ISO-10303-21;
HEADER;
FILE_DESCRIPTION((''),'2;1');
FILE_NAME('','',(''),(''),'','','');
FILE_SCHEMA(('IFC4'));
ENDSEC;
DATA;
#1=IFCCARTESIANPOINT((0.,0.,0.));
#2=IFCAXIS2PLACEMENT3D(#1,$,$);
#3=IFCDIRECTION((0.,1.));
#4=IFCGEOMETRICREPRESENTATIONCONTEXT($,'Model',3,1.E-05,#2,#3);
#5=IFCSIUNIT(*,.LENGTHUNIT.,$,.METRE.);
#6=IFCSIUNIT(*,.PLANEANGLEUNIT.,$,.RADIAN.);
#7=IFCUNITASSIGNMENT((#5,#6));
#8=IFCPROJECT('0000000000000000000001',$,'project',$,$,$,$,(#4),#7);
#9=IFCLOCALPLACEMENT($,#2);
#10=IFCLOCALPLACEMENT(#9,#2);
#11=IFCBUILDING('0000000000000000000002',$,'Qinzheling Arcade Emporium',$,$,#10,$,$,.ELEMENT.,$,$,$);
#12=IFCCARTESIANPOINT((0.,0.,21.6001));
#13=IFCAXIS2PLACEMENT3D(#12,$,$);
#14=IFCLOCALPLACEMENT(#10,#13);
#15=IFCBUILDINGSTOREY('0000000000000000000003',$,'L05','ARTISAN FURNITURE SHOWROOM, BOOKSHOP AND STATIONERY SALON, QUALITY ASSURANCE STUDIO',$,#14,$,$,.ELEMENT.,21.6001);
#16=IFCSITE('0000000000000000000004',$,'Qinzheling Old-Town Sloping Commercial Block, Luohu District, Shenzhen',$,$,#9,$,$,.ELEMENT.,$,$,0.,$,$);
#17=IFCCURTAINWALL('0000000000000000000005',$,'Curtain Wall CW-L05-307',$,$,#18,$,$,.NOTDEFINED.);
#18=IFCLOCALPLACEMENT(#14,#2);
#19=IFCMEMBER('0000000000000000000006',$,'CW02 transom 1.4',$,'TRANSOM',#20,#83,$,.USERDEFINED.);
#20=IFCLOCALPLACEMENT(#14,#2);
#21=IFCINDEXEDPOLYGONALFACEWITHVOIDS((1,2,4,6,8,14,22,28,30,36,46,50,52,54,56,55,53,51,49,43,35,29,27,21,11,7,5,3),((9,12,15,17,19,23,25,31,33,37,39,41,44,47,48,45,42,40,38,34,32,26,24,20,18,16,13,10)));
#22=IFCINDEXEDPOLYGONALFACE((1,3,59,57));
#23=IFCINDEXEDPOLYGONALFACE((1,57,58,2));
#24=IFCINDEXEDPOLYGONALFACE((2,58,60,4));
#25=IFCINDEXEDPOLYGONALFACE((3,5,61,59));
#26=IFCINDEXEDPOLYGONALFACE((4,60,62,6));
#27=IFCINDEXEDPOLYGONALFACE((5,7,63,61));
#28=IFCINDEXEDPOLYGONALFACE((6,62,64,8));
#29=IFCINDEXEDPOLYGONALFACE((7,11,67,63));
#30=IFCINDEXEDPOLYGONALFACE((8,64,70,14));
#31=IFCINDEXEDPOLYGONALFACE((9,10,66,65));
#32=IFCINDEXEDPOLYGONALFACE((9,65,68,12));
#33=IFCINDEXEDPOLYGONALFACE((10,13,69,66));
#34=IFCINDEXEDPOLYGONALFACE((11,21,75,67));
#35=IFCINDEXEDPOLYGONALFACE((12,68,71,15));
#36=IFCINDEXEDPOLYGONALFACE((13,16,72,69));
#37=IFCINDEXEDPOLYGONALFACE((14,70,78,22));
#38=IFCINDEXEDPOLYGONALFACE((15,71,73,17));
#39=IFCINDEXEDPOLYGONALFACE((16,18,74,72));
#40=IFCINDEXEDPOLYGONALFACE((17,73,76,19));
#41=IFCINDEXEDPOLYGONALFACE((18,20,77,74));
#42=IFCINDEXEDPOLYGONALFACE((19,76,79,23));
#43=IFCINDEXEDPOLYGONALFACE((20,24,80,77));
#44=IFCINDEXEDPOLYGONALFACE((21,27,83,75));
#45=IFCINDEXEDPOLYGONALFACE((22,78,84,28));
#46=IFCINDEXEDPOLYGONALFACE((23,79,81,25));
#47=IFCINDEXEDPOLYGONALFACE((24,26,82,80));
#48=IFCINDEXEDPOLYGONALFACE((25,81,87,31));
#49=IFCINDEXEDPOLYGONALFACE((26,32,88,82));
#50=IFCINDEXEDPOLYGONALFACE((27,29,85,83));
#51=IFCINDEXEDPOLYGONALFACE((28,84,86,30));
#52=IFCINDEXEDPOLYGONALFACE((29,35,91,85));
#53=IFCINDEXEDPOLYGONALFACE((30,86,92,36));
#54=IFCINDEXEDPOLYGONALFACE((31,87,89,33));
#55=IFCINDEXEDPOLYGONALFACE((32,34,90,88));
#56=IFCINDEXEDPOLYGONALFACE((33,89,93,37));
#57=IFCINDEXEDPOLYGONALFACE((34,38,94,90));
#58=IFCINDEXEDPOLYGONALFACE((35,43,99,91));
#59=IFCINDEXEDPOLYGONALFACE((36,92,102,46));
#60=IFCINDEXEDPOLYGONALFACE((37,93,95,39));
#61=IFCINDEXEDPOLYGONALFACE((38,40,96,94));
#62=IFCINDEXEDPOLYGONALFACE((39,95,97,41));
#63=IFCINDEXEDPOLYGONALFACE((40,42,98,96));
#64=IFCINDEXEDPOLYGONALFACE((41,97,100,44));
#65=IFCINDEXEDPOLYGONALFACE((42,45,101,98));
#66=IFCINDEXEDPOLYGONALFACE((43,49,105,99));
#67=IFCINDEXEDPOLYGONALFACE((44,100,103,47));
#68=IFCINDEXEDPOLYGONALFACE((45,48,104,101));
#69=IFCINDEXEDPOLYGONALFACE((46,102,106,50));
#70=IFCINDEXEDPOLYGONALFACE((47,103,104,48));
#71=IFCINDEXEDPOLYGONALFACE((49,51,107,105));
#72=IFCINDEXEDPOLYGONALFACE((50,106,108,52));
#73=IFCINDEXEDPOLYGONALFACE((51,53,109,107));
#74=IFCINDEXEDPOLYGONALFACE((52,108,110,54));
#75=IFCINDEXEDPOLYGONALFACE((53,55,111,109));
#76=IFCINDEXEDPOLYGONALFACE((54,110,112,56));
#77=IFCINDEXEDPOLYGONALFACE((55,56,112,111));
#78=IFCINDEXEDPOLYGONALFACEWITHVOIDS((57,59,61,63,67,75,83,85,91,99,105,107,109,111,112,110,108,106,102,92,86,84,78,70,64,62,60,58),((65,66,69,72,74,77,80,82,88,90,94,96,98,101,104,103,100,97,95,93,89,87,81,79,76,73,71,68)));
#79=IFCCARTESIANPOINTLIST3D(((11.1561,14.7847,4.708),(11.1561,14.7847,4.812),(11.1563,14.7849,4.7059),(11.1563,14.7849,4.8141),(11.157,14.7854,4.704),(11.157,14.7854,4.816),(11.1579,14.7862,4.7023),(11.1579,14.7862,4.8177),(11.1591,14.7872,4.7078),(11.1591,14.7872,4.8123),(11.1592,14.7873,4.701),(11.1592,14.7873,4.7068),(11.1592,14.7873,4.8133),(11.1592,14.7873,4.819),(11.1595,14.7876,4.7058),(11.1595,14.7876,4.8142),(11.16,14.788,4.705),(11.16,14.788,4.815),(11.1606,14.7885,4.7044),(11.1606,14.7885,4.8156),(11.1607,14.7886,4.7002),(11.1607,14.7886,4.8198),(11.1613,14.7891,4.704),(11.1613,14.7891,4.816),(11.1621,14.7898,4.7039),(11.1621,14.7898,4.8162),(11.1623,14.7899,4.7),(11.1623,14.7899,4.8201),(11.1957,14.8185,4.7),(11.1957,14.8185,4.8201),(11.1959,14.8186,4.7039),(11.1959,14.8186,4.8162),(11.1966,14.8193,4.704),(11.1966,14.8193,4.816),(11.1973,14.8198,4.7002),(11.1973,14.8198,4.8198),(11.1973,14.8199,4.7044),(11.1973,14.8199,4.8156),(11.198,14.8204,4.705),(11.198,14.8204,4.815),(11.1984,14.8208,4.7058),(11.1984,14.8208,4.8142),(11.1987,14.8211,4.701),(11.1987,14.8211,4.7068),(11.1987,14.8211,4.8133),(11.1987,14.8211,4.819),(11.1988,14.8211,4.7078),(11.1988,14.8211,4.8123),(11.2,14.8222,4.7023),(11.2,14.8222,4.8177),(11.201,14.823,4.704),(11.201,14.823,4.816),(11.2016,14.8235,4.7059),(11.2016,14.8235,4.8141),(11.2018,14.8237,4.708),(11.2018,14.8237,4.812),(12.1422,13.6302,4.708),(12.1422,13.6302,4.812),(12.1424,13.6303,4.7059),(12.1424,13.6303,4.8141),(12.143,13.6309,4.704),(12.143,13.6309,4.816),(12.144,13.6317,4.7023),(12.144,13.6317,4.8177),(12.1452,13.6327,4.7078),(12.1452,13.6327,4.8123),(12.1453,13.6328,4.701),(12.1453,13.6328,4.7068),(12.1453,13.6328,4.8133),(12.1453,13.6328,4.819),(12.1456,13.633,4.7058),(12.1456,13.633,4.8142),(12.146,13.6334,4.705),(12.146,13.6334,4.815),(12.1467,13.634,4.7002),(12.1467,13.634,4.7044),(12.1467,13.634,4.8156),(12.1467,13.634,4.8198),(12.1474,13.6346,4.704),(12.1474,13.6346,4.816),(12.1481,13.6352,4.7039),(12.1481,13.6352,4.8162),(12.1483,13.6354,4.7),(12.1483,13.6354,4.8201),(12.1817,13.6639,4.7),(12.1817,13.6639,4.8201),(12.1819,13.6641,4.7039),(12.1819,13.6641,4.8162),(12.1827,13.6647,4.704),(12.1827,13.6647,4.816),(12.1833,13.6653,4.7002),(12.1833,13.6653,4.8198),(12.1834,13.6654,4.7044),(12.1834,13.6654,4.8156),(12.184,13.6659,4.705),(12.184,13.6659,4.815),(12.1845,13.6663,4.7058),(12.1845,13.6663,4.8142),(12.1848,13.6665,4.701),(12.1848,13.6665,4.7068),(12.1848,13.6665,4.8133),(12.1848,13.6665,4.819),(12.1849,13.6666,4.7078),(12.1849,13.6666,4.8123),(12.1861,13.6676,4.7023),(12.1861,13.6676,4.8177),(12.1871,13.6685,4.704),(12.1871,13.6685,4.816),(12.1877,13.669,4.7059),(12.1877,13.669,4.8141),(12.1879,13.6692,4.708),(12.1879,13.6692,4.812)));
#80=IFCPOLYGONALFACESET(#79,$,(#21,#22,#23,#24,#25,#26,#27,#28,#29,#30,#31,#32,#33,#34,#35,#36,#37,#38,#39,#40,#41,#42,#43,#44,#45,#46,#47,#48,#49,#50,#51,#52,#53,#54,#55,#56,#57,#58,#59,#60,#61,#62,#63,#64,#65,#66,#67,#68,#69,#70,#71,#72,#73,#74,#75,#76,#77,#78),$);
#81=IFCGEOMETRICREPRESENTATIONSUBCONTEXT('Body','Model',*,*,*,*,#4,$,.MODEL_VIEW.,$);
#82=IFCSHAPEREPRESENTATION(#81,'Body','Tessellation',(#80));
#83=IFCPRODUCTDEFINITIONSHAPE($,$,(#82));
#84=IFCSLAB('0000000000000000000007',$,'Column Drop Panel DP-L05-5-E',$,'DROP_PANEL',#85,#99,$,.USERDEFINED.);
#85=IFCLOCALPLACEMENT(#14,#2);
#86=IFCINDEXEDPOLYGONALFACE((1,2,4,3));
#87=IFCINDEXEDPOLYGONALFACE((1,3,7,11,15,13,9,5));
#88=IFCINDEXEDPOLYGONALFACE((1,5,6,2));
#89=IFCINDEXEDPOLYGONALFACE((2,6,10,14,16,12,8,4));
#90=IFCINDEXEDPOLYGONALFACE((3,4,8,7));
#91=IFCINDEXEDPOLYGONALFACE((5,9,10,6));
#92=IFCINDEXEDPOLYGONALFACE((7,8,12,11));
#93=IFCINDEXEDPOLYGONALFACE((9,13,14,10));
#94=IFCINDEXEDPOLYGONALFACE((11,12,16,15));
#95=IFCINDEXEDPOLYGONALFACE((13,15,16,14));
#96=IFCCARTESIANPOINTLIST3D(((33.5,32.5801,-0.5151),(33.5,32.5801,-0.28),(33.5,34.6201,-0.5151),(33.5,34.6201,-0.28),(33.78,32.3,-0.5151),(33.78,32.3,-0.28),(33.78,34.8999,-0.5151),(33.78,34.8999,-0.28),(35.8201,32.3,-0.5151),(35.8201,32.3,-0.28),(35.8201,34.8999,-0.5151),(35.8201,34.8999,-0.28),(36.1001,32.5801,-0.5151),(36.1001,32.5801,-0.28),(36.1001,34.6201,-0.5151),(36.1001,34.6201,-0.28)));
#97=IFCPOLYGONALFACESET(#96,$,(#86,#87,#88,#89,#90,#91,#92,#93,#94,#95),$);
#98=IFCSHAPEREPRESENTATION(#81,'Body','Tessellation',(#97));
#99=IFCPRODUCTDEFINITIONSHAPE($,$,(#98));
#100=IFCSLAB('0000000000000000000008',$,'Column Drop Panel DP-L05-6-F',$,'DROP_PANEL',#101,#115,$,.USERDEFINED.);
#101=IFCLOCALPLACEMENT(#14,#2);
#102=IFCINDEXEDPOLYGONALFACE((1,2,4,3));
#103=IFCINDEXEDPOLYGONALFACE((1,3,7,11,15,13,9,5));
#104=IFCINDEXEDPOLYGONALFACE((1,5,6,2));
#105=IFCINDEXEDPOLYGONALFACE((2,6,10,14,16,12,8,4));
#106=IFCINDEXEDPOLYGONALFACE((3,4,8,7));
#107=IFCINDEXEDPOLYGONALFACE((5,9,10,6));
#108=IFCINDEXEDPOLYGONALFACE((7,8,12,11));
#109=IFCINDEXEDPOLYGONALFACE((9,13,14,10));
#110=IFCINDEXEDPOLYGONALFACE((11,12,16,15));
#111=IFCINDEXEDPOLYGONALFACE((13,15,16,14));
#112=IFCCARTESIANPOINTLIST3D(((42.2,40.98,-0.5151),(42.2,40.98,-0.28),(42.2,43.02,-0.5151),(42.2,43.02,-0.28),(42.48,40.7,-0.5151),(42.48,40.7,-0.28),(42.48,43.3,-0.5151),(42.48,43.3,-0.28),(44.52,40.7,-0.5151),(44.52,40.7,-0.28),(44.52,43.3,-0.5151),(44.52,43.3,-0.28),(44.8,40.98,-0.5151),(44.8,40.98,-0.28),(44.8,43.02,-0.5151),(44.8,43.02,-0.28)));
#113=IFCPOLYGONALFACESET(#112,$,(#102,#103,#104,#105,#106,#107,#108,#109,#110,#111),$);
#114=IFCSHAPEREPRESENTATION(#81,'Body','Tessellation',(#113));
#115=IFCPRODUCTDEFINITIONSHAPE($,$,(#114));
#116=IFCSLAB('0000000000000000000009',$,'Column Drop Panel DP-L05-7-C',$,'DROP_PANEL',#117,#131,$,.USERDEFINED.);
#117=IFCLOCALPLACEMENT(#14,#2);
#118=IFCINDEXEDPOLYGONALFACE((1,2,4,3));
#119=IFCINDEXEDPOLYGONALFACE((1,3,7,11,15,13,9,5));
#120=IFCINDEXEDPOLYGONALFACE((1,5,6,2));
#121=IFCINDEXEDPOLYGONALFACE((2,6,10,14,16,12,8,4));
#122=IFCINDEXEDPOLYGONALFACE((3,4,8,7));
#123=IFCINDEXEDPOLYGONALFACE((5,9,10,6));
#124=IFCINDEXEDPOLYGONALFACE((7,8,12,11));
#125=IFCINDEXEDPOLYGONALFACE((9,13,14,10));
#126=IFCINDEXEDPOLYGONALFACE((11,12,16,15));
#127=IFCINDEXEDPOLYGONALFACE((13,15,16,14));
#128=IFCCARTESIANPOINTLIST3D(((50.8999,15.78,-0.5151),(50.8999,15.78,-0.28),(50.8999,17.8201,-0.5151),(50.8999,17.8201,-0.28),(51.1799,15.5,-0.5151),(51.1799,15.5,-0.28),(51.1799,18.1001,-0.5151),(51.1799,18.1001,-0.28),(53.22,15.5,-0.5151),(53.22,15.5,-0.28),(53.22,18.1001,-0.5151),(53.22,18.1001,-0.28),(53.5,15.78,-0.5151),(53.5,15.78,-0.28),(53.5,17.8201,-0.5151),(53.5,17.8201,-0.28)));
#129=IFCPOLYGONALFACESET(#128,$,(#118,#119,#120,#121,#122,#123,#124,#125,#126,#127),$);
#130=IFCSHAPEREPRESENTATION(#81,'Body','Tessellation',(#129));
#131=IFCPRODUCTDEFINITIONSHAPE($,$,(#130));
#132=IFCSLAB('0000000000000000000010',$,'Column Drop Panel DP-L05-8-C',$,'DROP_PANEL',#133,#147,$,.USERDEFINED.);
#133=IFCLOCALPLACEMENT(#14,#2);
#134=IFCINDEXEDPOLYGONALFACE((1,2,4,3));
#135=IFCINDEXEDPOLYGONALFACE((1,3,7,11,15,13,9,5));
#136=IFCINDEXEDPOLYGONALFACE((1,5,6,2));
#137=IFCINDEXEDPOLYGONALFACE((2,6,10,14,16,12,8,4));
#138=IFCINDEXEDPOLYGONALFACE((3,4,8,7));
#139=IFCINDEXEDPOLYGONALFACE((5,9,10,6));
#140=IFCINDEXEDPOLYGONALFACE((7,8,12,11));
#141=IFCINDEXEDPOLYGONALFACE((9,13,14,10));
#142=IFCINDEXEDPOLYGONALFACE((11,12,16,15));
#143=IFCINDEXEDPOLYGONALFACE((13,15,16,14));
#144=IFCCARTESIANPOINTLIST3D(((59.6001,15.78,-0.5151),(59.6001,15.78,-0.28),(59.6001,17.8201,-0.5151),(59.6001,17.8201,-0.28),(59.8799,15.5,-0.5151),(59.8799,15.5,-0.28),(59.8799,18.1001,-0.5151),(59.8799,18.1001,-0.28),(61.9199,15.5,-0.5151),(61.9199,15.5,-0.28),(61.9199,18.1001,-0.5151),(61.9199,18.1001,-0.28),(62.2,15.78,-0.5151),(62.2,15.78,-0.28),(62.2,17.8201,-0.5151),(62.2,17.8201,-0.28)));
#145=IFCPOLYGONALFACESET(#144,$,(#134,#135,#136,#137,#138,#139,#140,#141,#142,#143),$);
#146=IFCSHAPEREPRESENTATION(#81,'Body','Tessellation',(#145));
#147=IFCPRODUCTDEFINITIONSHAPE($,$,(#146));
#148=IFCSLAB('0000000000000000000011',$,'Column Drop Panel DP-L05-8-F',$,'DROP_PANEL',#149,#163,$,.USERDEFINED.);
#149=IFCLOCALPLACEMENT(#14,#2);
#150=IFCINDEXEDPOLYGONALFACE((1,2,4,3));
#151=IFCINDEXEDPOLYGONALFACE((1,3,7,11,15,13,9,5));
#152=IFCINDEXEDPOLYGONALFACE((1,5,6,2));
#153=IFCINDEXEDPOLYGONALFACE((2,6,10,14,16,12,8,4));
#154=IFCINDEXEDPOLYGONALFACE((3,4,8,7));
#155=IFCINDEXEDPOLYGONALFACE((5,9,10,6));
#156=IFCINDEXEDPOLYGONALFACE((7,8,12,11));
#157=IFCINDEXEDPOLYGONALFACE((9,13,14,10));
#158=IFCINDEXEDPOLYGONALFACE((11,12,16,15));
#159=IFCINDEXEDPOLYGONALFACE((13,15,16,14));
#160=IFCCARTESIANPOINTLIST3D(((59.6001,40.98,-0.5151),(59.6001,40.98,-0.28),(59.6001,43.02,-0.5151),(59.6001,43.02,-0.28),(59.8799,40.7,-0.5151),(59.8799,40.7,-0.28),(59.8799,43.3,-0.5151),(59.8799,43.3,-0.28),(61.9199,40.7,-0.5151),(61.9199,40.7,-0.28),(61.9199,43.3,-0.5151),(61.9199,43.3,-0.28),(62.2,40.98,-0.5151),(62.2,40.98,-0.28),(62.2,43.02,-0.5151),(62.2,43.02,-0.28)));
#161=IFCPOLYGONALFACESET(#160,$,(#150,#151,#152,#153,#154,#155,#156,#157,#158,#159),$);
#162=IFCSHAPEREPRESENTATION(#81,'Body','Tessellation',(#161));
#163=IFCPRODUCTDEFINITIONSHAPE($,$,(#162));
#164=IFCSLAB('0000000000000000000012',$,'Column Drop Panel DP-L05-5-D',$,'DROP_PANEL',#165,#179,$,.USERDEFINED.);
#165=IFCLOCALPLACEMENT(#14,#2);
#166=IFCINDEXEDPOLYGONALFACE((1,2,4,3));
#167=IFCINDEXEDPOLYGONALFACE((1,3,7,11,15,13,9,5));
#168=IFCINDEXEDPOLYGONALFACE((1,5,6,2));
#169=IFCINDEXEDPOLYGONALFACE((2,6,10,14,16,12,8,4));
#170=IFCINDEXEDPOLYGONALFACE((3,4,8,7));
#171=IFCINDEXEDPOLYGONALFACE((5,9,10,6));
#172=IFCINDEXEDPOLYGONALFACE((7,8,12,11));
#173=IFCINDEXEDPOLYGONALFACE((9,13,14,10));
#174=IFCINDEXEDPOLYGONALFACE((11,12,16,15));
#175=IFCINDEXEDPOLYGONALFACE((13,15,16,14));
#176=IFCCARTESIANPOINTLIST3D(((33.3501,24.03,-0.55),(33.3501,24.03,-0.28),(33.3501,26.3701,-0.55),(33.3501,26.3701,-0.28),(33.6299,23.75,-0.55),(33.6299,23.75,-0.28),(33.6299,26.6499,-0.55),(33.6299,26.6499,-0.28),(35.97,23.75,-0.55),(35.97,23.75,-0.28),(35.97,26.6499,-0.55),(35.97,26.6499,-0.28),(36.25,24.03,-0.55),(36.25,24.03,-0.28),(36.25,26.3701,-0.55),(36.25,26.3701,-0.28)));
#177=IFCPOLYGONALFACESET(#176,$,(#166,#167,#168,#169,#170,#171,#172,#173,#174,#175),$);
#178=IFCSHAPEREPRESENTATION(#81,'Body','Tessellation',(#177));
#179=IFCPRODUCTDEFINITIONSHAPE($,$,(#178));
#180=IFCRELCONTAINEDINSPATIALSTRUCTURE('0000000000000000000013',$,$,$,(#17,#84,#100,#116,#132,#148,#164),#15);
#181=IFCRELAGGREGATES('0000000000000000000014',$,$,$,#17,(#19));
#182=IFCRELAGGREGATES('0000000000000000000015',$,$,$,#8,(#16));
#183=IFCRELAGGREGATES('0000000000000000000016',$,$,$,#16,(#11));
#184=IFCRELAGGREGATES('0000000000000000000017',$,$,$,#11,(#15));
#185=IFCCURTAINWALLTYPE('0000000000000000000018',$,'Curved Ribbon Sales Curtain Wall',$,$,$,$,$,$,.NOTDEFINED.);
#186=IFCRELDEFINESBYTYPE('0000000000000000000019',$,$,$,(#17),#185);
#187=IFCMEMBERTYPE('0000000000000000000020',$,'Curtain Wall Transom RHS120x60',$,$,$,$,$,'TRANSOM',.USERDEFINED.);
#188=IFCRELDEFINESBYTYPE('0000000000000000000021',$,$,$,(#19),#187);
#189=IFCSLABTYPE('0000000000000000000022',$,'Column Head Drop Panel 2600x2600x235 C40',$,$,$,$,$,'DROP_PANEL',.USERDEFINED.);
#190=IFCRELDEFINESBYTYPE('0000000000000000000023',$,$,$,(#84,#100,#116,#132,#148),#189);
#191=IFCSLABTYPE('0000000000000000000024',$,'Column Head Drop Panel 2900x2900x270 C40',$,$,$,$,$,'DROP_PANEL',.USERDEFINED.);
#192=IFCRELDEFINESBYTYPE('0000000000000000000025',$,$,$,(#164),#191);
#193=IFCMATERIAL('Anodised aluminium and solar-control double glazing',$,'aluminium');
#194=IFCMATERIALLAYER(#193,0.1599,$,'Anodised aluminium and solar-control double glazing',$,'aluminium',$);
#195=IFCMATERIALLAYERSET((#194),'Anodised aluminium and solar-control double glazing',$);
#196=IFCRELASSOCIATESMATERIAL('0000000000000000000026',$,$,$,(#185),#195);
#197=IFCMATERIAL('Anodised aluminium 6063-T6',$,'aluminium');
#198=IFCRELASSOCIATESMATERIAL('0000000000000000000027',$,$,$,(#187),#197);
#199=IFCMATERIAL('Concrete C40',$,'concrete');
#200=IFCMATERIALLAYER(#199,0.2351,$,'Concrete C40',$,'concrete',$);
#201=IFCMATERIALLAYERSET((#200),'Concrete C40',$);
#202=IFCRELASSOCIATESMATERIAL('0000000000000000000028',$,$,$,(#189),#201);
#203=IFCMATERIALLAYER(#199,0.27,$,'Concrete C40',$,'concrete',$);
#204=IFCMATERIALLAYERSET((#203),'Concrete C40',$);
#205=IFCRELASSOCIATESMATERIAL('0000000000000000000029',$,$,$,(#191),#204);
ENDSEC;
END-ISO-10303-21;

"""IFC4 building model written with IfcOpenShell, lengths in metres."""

from ifc_helpers import new_model, si_unit, direction, frame, origin, origin_2d, place, context, subcontext, project, spatial, polyline, hollow_rectangle, outline, extrude, material, layer, layer_set, material_profile, profile_set, type_object, element, aggregate, save


model = new_model("IFC4")

# Units and contexts
model_context = context("Model", 3, precision=1e-05, world=origin(), true_north=direction((0.0, 1.0)))
body_context = subcontext(model_context, "Body", "Model", "MODEL_VIEW")
ifc_project = project(units=[si_unit("LENGTHUNIT", "METRE"), si_unit("PLANEANGLEUNIT", "RADIAN")], contexts=[model_context])

# Site, building, storey
site_placement = place(None, origin())
site = spatial("IfcSite", under=ifc_project, at=site_placement, Name="Qinzheling Old-Town Sloping Commercial Block, Luohu District, Shenzhen", CompositionType="ELEMENT", RefElevation=0.0)
building_placement = place(site_placement, origin())
building = spatial("IfcBuilding", under=site, at=building_placement, Name="Qinzheling Arcade Emporium", CompositionType="ELEMENT")
storey_placement = place(building_placement, frame((0.0, 0.0, 21.6001)))
storey = spatial("IfcBuildingStorey", under=building, at=storey_placement, Name="L05", Description="ARTISAN FURNITURE SHOWROOM, BOOKSHOP AND STATIONERY SALON, QUALITY ASSURANCE STUDIO", CompositionType="ELEMENT", Elevation=21.6001)

# Curtain wall
ifc_material_1 = material(Name="Anodised aluminium and solar-control double glazing", Category="aluminium")
ifc_layer_1 = layer(ifc_material_1, 0.1599, Name="Anodised aluminium and solar-control double glazing", Category="aluminium")
ifc_layer_set_1 = layer_set([ifc_layer_1], Name="Anodised aluminium and solar-control double glazing")
curtain_wall_type = type_object("IfcCurtainWallType", Name="Curved Ribbon Sales Curtain Wall", PredefinedType="NOTDEFINED", material=ifc_layer_set_1)
ifc_material_2 = material(Name="Anodised aluminium 6063-T6", Category="aluminium")
curtain_wall_1_placement = place(storey_placement, origin())
curtain_wall_1 = element("IfcCurtainWall", 1, at=curtain_wall_1_placement, inside=storey, type_object=curtain_wall_type, Name="Curtain Wall CW-L05-307", PredefinedType="NOTDEFINED")

# Member
ifc_material_profile_1 = material_profile(ifc_material_2, hollow_rectangle(XDim=0.0601, YDim=0.1201, WallThickness=0.0039, InnerFilletRadius=0.0039, OuterFilletRadius=0.0081, at=origin_2d()), Name="RHS 120x60x4", Category="aluminium")
ifc_profile_set_1 = profile_set([ifc_material_profile_1], Name="Anodised aluminium 6063-T6")
member_type_1 = type_object("IfcMemberType", Name="Curtain Wall Transom RHS120x60", ElementType="TRANSOM", PredefinedType="USERDEFINED", material=ifc_profile_set_1)
member_1_placement = place(storey_placement, frame((12.165, 13.6497, 4.76), z_axis=(-0.649453, 0.760402, 0.0), x_axis=(-0.760402, -0.649453, 0.0)))
member_1 = element("IfcMember", 2, at=member_1_placement, type_object=member_type_1, Name="CW02 transom 1.4", ObjectType="TRANSOM", PredefinedType="USERDEFINED", context=body_context, shape_type="SweptSolid", body=[
    extrude(hollow_rectangle(XDim=0.0601, YDim=0.1201, WallThickness=0.0039, InnerFilletRadius=0.0039, OuterFilletRadius=0.0081, at=origin_2d()), origin(), (0.0, 0.0, 1.0), 1.5183),
])

# Slabs
ifc_material_3 = material(Name="Concrete C40", Category="concrete")
ifc_layer_2 = layer(ifc_material_3, 0.2351, Name="Concrete C40", Category="concrete")
ifc_layer_set_2 = layer_set([ifc_layer_2], Name="Concrete C40")
slab_type_1 = type_object("IfcSlabType", Name="Column Head Drop Panel 2600x2600x235 C40", ElementType="DROP_PANEL", PredefinedType="USERDEFINED", material=ifc_layer_set_2)
slab_1_placement = place(storey_placement, frame((0.0, 0.0, -0.5151)))
element("IfcSlab", 3, at=slab_1_placement, inside=storey, type_object=slab_type_1, Name="Column Drop Panel DP-L05-5-E", ObjectType="DROP_PANEL", PredefinedType="USERDEFINED", context=body_context, shape_type="SweptSolid", body=[
    extrude(outline(polyline([(33.78, 32.3), (35.8201, 32.3), (36.1001, 32.5801), (36.1001, 34.6201), (35.8201, 34.8999), (33.78, 34.8999), (33.5, 34.6201), (33.5, 32.5801), (33.78, 32.3)])), origin(), (0.0, 0.0, 1.0), 0.2351),
])
slab_2_placement = place(storey_placement, frame((0.0, 0.0, -0.5151)))
element("IfcSlab", 4, at=slab_2_placement, inside=storey, type_object=slab_type_1, Name="Column Drop Panel DP-L05-6-F", ObjectType="DROP_PANEL", PredefinedType="USERDEFINED", context=body_context, shape_type="SweptSolid", body=[
    extrude(outline(polyline([(42.48, 40.7), (44.52, 40.7), (44.8, 40.98), (44.8, 43.02), (44.52, 43.3), (42.48, 43.3), (42.2, 43.02), (42.2, 40.98), (42.48, 40.7)])), origin(), (0.0, 0.0, 1.0), 0.2351),
])
slab_3_placement = place(storey_placement, frame((0.0, 0.0, -0.5151)))
element("IfcSlab", 5, at=slab_3_placement, inside=storey, type_object=slab_type_1, Name="Column Drop Panel DP-L05-7-C", ObjectType="DROP_PANEL", PredefinedType="USERDEFINED", context=body_context, shape_type="SweptSolid", body=[
    extrude(outline(polyline([(51.1799, 15.5), (53.22, 15.5), (53.5, 15.78), (53.5, 17.8201), (53.22, 18.1001), (51.1799, 18.1001), (50.8999, 17.8201), (50.8999, 15.78), (51.1799, 15.5)])), origin(), (0.0, 0.0, 1.0), 0.2351),
])
slab_4_placement = place(storey_placement, frame((0.0, 0.0, -0.5151)))
element("IfcSlab", 6, at=slab_4_placement, inside=storey, type_object=slab_type_1, Name="Column Drop Panel DP-L05-8-C", ObjectType="DROP_PANEL", PredefinedType="USERDEFINED", context=body_context, shape_type="SweptSolid", body=[
    extrude(outline(polyline([(59.8799, 15.5), (61.9199, 15.5), (62.2, 15.78), (62.2, 17.8201), (61.9199, 18.1001), (59.8799, 18.1001), (59.6001, 17.8201), (59.6001, 15.78), (59.8799, 15.5)])), origin(), (0.0, 0.0, 1.0), 0.2351),
])
slab_5_placement = place(storey_placement, frame((0.0, 0.0, -0.5151)))
element("IfcSlab", 7, at=slab_5_placement, inside=storey, type_object=slab_type_1, Name="Column Drop Panel DP-L05-8-F", ObjectType="DROP_PANEL", PredefinedType="USERDEFINED", context=body_context, shape_type="SweptSolid", body=[
    extrude(outline(polyline([(59.8799, 40.7), (61.9199, 40.7), (62.2, 40.98), (62.2, 43.02), (61.9199, 43.3), (59.8799, 43.3), (59.6001, 43.02), (59.6001, 40.98), (59.8799, 40.7)])), origin(), (0.0, 0.0, 1.0), 0.2351),
])
ifc_layer_3 = layer(ifc_material_3, 0.27, Name="Concrete C40", Category="concrete")
ifc_layer_set_3 = layer_set([ifc_layer_3], Name="Concrete C40")
slab_type_2 = type_object("IfcSlabType", Name="Column Head Drop Panel 2900x2900x270 C40", ElementType="DROP_PANEL", PredefinedType="USERDEFINED", material=ifc_layer_set_3)
slab_6_placement = place(storey_placement, frame((0.0, 0.0, -0.55)))
element("IfcSlab", 8, at=slab_6_placement, inside=storey, type_object=slab_type_2, Name="Column Drop Panel DP-L05-5-D", ObjectType="DROP_PANEL", PredefinedType="USERDEFINED", context=body_context, shape_type="SweptSolid", body=[
    extrude(outline(polyline([(33.6299, 23.75), (35.97, 23.75), (36.25, 24.03), (36.25, 26.3701), (35.97, 26.6499), (33.6299, 26.6499), (33.3501, 26.3701), (33.3501, 24.03), (33.6299, 23.75)])), origin(), (0.0, 0.0, 1.0), 0.27),
])

aggregate(curtain_wall_1, [member_1])

save(model, "model.ifc")
